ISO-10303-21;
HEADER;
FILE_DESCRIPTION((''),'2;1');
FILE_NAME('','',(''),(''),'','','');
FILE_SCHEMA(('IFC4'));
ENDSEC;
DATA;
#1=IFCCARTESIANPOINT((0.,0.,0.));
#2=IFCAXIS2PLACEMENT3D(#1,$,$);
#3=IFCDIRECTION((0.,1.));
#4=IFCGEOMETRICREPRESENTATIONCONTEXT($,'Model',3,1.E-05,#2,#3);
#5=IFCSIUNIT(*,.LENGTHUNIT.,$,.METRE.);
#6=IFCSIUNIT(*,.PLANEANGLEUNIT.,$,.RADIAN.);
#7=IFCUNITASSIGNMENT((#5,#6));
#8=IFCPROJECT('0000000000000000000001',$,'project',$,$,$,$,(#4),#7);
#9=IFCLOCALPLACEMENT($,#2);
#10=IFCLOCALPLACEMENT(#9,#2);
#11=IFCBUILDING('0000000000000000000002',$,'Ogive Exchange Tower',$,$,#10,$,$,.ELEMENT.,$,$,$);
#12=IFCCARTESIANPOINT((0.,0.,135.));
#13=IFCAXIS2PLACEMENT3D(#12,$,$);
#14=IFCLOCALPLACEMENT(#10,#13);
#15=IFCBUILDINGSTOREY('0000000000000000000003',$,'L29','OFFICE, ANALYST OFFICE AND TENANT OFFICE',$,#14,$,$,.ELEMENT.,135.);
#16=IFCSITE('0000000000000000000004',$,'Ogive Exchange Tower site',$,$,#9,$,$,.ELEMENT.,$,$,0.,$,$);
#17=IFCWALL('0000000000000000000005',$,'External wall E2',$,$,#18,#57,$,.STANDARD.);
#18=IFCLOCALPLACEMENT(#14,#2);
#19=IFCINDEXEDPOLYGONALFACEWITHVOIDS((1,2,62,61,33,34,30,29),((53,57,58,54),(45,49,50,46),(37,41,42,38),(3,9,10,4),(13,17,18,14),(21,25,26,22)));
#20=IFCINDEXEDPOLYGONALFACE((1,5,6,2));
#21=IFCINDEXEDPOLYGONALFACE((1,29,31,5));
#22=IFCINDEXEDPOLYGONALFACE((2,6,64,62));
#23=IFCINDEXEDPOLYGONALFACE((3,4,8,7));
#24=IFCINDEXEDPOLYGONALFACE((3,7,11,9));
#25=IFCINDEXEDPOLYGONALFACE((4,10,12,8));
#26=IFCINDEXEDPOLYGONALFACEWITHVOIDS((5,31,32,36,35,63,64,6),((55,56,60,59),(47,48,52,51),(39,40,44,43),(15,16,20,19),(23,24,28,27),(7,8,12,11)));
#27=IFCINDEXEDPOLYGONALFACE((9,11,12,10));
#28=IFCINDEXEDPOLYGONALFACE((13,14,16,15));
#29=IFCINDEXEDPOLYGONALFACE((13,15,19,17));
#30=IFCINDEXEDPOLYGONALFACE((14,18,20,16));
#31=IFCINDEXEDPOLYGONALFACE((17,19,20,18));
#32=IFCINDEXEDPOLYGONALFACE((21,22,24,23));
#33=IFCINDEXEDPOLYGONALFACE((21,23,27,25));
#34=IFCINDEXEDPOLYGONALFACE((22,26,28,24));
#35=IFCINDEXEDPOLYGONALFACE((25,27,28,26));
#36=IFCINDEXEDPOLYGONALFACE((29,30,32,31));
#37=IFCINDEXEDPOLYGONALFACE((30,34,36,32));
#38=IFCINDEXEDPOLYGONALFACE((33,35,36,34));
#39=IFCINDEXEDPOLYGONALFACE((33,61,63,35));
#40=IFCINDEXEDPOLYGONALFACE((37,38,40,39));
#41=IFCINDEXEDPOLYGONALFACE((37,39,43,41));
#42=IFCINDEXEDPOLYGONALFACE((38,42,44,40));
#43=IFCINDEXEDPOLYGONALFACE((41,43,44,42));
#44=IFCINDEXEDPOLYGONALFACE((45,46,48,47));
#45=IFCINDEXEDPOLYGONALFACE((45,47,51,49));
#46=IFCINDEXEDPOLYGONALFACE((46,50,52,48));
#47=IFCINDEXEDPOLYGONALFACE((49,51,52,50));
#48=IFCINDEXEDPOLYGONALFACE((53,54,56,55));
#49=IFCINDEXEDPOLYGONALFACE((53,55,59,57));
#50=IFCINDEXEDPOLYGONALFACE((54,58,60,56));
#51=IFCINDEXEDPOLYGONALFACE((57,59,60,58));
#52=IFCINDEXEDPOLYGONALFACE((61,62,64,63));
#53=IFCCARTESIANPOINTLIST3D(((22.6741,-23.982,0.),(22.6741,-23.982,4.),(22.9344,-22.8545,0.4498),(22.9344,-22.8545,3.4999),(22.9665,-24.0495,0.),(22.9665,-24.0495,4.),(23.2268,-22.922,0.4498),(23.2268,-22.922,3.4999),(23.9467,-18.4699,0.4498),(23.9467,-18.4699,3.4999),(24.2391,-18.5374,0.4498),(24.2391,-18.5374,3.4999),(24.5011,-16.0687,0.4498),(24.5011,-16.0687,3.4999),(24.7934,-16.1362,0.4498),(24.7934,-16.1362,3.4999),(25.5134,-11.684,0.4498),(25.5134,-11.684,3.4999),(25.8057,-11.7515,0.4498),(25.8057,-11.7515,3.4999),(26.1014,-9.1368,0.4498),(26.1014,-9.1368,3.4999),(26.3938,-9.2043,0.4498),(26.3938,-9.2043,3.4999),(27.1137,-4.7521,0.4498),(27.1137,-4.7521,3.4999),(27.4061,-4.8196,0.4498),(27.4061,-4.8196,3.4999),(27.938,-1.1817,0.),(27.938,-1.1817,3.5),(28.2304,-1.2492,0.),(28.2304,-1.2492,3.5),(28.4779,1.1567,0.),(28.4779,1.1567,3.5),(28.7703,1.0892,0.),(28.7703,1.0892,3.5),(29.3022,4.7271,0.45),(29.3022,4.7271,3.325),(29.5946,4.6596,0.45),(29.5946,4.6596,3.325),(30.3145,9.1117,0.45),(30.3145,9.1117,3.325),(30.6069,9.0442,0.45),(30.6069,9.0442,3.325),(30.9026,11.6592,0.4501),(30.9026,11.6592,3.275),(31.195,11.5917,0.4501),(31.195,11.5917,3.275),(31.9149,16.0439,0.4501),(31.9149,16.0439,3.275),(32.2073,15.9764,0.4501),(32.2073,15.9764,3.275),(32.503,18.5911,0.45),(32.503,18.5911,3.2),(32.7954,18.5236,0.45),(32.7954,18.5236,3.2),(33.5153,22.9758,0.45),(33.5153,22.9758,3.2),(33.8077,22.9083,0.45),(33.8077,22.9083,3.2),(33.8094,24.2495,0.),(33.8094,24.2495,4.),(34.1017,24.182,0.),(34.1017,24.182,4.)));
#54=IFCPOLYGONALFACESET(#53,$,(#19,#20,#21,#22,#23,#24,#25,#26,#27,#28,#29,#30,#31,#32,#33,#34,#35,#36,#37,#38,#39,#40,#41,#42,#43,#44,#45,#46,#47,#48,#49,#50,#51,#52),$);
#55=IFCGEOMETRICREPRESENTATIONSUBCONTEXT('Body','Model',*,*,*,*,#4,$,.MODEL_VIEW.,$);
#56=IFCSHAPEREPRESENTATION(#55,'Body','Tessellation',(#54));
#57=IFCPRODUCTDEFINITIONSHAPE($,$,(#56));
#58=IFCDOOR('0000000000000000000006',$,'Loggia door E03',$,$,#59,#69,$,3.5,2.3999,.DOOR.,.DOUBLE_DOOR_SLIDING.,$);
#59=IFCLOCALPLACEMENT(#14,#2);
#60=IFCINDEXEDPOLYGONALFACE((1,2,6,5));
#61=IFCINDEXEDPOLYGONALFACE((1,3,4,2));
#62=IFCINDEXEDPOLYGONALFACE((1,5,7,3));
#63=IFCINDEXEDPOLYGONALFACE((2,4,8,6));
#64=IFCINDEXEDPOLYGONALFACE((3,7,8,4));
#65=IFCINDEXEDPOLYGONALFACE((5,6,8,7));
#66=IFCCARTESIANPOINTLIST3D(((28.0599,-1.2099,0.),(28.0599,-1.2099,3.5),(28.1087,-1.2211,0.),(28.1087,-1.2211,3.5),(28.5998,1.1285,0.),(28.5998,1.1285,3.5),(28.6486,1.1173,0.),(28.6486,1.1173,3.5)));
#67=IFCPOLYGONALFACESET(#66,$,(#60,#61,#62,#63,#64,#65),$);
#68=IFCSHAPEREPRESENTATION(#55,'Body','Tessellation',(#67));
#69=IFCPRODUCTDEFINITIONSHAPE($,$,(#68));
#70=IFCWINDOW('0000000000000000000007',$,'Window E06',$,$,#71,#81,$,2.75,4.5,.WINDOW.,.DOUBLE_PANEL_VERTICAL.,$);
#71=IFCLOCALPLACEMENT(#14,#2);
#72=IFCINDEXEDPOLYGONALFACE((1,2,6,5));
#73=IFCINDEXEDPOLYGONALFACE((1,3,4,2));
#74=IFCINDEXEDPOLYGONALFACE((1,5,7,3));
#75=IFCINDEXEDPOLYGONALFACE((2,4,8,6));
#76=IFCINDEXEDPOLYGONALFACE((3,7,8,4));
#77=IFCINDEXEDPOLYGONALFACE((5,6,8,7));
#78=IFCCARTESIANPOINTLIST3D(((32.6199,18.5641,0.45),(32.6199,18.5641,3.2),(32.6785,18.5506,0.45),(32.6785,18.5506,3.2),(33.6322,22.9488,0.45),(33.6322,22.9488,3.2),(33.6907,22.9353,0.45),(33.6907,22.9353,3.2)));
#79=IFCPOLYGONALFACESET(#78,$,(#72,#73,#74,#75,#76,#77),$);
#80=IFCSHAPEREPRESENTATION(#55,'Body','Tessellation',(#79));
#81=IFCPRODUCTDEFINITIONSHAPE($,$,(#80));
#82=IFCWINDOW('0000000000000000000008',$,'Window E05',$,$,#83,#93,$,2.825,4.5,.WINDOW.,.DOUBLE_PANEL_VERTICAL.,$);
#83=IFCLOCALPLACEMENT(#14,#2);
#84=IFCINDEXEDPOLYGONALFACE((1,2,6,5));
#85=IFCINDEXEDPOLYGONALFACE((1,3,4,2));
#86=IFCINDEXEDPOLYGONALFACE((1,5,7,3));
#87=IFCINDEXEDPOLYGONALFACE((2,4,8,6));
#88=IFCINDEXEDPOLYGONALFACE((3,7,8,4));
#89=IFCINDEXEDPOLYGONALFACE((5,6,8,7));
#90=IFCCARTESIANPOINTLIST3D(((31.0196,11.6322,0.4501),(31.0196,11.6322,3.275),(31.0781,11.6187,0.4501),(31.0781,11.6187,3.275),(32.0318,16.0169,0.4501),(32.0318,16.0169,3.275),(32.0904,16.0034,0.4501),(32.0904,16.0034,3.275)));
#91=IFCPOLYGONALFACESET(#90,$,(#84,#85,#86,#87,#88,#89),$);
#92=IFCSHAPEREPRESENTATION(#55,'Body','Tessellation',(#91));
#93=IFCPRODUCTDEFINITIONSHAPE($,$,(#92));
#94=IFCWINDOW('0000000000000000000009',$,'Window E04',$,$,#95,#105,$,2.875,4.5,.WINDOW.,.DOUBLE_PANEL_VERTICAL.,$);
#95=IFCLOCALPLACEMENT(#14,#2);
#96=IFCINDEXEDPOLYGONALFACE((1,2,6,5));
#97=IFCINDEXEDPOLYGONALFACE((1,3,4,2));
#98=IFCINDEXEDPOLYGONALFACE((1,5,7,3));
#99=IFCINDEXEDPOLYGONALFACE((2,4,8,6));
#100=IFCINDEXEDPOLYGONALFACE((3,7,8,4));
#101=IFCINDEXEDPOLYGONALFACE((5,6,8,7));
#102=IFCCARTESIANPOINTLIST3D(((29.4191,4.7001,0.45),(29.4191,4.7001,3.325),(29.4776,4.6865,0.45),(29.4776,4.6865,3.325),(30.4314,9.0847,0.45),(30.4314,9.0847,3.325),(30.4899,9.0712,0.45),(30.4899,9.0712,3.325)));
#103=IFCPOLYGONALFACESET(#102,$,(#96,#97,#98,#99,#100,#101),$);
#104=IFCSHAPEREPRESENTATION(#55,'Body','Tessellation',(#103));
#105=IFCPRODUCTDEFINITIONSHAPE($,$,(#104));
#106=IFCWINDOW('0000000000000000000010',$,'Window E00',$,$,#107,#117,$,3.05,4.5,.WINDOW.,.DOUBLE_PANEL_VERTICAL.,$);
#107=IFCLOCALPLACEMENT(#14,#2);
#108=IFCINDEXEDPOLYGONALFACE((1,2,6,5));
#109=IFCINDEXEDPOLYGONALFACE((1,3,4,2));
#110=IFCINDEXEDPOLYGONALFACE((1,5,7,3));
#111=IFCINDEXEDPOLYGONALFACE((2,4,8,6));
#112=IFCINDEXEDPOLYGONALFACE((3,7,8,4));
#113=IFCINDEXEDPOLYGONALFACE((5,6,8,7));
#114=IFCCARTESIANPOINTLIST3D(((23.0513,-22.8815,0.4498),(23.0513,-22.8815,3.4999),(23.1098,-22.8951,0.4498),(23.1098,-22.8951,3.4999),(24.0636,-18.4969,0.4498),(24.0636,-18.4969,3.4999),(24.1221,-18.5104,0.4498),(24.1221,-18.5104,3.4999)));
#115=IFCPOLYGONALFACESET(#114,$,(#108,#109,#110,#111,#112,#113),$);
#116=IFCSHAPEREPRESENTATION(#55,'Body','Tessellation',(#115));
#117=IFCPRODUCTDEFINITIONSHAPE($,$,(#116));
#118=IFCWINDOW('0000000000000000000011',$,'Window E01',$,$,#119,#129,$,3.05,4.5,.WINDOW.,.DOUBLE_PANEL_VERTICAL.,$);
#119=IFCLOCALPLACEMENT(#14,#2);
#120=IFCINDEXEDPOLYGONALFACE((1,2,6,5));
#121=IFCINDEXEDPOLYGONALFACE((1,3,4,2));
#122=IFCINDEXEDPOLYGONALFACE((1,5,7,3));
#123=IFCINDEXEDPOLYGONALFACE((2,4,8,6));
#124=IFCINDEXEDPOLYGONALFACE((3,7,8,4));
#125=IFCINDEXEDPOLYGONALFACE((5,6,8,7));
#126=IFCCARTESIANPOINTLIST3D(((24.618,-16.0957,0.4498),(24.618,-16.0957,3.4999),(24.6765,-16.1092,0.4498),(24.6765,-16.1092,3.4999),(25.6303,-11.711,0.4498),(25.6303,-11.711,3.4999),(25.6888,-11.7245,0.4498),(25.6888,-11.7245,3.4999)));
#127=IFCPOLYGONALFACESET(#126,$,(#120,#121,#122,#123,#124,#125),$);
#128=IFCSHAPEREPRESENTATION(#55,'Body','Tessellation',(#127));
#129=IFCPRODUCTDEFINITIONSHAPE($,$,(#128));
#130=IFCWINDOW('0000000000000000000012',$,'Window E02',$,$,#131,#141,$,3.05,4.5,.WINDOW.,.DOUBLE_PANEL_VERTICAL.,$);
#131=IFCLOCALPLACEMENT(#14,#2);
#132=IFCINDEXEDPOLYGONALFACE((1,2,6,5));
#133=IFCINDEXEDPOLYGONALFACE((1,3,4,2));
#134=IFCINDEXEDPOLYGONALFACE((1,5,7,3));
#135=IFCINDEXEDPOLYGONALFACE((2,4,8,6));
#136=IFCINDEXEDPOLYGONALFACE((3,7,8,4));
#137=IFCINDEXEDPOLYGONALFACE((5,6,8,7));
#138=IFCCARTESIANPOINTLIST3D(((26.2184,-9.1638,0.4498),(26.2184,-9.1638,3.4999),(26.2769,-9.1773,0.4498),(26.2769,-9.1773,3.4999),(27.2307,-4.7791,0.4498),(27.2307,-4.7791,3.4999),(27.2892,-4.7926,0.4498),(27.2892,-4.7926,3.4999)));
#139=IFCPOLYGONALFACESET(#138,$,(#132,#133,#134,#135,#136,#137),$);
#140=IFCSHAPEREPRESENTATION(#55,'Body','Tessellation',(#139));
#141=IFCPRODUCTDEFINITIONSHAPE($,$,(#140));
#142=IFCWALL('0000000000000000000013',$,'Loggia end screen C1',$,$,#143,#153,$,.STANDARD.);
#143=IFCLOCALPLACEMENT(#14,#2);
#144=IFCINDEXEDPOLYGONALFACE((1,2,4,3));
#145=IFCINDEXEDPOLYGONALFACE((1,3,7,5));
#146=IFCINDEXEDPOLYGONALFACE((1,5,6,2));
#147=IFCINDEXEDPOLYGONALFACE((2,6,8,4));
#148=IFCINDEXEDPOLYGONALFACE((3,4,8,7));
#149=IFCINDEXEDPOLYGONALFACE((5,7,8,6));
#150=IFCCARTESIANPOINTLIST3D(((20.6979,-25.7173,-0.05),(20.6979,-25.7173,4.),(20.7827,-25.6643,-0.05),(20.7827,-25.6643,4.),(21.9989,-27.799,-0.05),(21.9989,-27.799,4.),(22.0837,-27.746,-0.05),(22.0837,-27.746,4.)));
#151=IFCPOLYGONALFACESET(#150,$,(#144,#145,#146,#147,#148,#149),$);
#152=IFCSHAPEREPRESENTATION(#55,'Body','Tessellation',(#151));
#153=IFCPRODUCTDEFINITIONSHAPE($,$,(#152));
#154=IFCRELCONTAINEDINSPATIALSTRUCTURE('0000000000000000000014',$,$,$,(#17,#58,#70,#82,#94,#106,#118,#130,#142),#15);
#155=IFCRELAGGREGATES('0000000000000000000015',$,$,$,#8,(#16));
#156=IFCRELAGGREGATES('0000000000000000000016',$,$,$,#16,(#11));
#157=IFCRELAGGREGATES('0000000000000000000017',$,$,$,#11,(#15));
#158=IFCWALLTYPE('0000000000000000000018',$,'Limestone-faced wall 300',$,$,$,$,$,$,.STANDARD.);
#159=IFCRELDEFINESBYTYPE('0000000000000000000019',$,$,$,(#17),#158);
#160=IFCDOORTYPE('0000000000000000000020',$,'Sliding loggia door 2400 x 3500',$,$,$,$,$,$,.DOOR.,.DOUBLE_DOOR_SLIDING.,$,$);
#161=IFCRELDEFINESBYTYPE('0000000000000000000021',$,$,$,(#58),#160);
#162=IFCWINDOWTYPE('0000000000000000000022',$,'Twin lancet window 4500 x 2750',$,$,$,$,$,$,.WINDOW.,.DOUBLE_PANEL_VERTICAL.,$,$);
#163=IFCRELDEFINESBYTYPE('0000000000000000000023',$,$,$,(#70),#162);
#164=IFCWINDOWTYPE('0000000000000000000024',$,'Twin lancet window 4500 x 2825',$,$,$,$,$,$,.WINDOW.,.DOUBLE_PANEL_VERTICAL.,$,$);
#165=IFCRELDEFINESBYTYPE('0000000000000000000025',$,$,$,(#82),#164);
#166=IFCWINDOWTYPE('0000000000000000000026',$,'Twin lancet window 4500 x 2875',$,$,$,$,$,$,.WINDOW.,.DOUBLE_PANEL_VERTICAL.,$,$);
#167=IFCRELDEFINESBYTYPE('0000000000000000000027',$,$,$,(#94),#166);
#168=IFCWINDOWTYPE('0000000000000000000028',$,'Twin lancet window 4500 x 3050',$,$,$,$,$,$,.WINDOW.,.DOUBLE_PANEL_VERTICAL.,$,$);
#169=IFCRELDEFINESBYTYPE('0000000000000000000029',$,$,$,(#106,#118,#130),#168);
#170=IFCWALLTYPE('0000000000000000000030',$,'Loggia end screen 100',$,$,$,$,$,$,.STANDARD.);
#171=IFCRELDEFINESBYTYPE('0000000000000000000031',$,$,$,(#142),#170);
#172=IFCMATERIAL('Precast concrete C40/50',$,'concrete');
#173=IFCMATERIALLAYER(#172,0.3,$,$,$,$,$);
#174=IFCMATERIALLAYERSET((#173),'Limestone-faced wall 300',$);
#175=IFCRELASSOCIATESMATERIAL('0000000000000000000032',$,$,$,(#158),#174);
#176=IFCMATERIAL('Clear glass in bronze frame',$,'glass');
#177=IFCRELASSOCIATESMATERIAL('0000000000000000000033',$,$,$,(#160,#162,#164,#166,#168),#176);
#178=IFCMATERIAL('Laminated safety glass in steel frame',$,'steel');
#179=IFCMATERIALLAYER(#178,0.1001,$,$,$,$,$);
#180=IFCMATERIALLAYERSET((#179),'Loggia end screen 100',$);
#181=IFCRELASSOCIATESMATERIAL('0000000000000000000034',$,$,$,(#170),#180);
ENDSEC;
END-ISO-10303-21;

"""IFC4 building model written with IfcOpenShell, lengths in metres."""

from ifc_helpers import new_model, si_unit, direction, frame, frame_2d, origin, place, context, subcontext, project, spatial, rectangle, extrude, material, layer, layer_set, type_object, element, fill, save


model = new_model("IFC4")

# Units and contexts
model_context = context("Model", 3, precision=1e-05, world=origin(), true_north=direction((0.0, 1.0)))
body_context = subcontext(model_context, "Body", "Model", "MODEL_VIEW")
ifc_project = project(units=[si_unit("LENGTHUNIT", "METRE"), si_unit("PLANEANGLEUNIT", "RADIAN")], contexts=[model_context])

# Site, building, storey
site_placement = place(None, origin())
site = spatial("IfcSite", under=ifc_project, at=site_placement, Name="Ogive Exchange Tower site", CompositionType="ELEMENT", RefElevation=0.0)
building_placement = place(site_placement, origin())
building = spatial("IfcBuilding", under=site, at=building_placement, Name="Ogive Exchange Tower", CompositionType="ELEMENT")
storey_placement = place(building_placement, frame((0.0, 0.0, 135.0)))
storey = spatial("IfcBuildingStorey", under=building, at=storey_placement, Name="L29", Description="OFFICE, ANALYST OFFICE AND TENANT OFFICE", CompositionType="ELEMENT", Elevation=135.0)

# Wall, openings, door, windows
ifc_material_1 = material(Name="Precast concrete C40/50", Category="concrete")
ifc_layer_1 = layer(ifc_material_1, 0.3)
ifc_layer_set_1 = layer_set([ifc_layer_1], Name="Limestone-faced wall 300")
wall_type_1 = type_object("IfcWallType", Name="Limestone-faced wall 300", PredefinedType="STANDARD", material=ifc_layer_set_1)
wall_1_placement = place(storey_placement, frame((22.8203, -24.0156, 0.0), z_axis=(0.0, 0.0, 1.0), x_axis=(0.224954, 0.974369, 0.0)))
wall_1 = element("IfcWall", 1, at=wall_1_placement, inside=storey, type_object=wall_type_1, Name="External wall E2", PredefinedType="STANDARD", context=body_context, shape_type="SweptSolid", body=[
    extrude(rectangle(XDim=49.5002, YDim=0.3, at=frame_2d((24.75, 0.0))), origin(), (0.0, 0.0, 1.0), 4.0),
])
opening_1_placement = place(wall_1_placement, frame((1.157, 0.0, 0.45)))
opening_1 = element("IfcOpeningElement", 2, at=opening_1_placement, cuts=wall_1, PredefinedType="OPENING", context=body_context, shape_type="SweptSolid", body=[
    extrude(rectangle(XDim=4.5, YDim=3.05, at=frame_2d((2.25, 1.5249))), frame((0.0, 0.1599, 0.0), z_axis=(0.0, -1.0, 0.0), x_axis=(1.0, 0.0, 0.0)), (0.0, 0.0, 1.0), 0.3201),
])
opening_2_placement = place(wall_1_placement, frame((8.1213, 0.0, 0.45)))
opening_2 = element("IfcOpeningElement", 3, at=opening_2_placement, cuts=wall_1, PredefinedType="OPENING", context=body_context, shape_type="SweptSolid", body=[
    extrude(rectangle(XDim=4.5, YDim=3.05, at=frame_2d((2.25, 1.5249))), frame((0.0, 0.1599, 0.0), z_axis=(0.0, -1.0, 0.0), x_axis=(1.0, 0.0, 0.0)), (0.0, 0.0, 1.0), 0.3201),
])
opening_3_placement = place(wall_1_placement, frame((15.2356, 0.0, 0.45)))
opening_3 = element("IfcOpeningElement", 4, at=opening_3_placement, cuts=wall_1, PredefinedType="OPENING", context=body_context, shape_type="SweptSolid", body=[
    extrude(rectangle(XDim=4.5, YDim=3.05, at=frame_2d((2.25, 1.5249))), frame((0.0, 0.1599, 0.0), z_axis=(0.0, -1.0, 0.0), x_axis=(1.0, 0.0, 0.0)), (0.0, 0.0, 1.0), 0.3201),
])
opening_4_placement = place(wall_1_placement, frame((23.3999, 0.0, 0.0)))
opening_4 = element("IfcOpeningElement", 5, at=opening_4_placement, cuts=wall_1, PredefinedType="OPENING", context=body_context, shape_type="SweptSolid", body=[
    extrude(rectangle(XDim=2.3999, YDim=3.5, at=frame_2d((1.2, 1.75))), frame((0.0, 0.1599, 0.0), z_axis=(0.0, -1.0, 0.0), x_axis=(1.0, 0.0, 0.0)), (0.0, 0.0, 1.0), 0.3201),
])
opening_5_placement = place(wall_1_placement, frame((29.4641, 0.0, 0.45)))
opening_5 = element("IfcOpeningElement", 6, at=opening_5_placement, cuts=wall_1, PredefinedType="OPENING", context=body_context, shape_type="SweptSolid", body=[
    extrude(rectangle(XDim=4.5, YDim=2.875, at=frame_2d((2.25, 1.4375))), frame((0.0, 0.1599, 0.0), z_axis=(0.0, -1.0, 0.0), x_axis=(1.0, 0.0, 0.0)), (0.0, 0.0, 1.0), 0.3201),
])
opening_6_placement = place(wall_1_placement, frame((36.5786, 0.0, 0.45)))
opening_6 = element("IfcOpeningElement", 7, at=opening_6_placement, cuts=wall_1, PredefinedType="OPENING", context=body_context, shape_type="SweptSolid", body=[
    extrude(rectangle(XDim=4.5, YDim=2.825, at=frame_2d((2.25, 1.4126))), frame((0.0, 0.1599, 0.0), z_axis=(0.0, -1.0, 0.0), x_axis=(1.0, 0.0, 0.0)), (0.0, 0.0, 1.0), 0.3201),
])
opening_7_placement = place(wall_1_placement, frame((43.6929, 0.0, 0.45)))
opening_7 = element("IfcOpeningElement", 8, at=opening_7_placement, cuts=wall_1, PredefinedType="OPENING", context=body_context, shape_type="SweptSolid", body=[
    extrude(rectangle(XDim=4.5, YDim=2.75, at=frame_2d((2.25, 1.375))), frame((0.0, 0.1599, 0.0), z_axis=(0.0, -1.0, 0.0), x_axis=(1.0, 0.0, 0.0)), (0.0, 0.0, 1.0), 0.3201),
])
ifc_material_2 = material(Name="Clear glass in bronze frame", Category="glass")
door_type_1 = type_object("IfcDoorType", Name="Sliding loggia door 2400 x 3500", OperationType="DOUBLE_DOOR_SLIDING", PredefinedType="DOOR", material=ifc_material_2)
door_1_placement = place(opening_4_placement, origin())
door_1 = element("IfcDoor", 9, at=door_1_placement, inside=storey, type_object=door_type_1, Name="Loggia door E03", OperationType="DOUBLE_DOOR_SLIDING", OverallHeight=3.5, OverallWidth=2.3999, PredefinedType="DOOR", context=body_context, shape_type="SweptSolid", body=[
    extrude(rectangle(XDim=2.3999, YDim=3.5, at=frame_2d((1.2, 1.75))), frame((0.0, 0.0249, 0.0), z_axis=(0.0, -1.0, 0.0), x_axis=(1.0, 0.0, 0.0)), (0.0, 0.0, 1.0), 0.05),
])
fill(opening_4, door_1)
window_type_1 = type_object("IfcWindowType", Name="Twin lancet window 4500 x 2750", PartitioningType="DOUBLE_PANEL_VERTICAL", PredefinedType="WINDOW", material=ifc_material_2)
window_1_placement = place(opening_7_placement, origin())
window_1 = element("IfcWindow", 10, at=window_1_placement, inside=storey, type_object=window_type_1, Name="Window E06", OverallHeight=2.75, OverallWidth=4.5, PartitioningType="DOUBLE_PANEL_VERTICAL", PredefinedType="WINDOW", context=body_context, shape_type="SweptSolid", body=[
    extrude(rectangle(XDim=4.5, YDim=2.75, at=frame_2d((2.25, 1.375))), frame((0.0, 0.03, 0.0), z_axis=(0.0, -1.0, 0.0), x_axis=(1.0, 0.0, 0.0)), (0.0, 0.0, 1.0), 0.0601),
])
fill(opening_7, window_1)
window_type_2 = type_object("IfcWindowType", Name="Twin lancet window 4500 x 2825", PartitioningType="DOUBLE_PANEL_VERTICAL", PredefinedType="WINDOW", material=ifc_material_2)
window_2_placement = place(opening_6_placement, origin())
window_2 = element("IfcWindow", 11, at=window_2_placement, inside=storey, type_object=window_type_2, Name="Window E05", OverallHeight=2.825, OverallWidth=4.5, PartitioningType="DOUBLE_PANEL_VERTICAL", PredefinedType="WINDOW", context=body_context, shape_type="SweptSolid", body=[
    extrude(rectangle(XDim=4.5, YDim=2.825, at=frame_2d((2.25, 1.4126))), frame((0.0, 0.03, 0.0), z_axis=(0.0, -1.0, 0.0), x_axis=(1.0, 0.0, 0.0)), (0.0, 0.0, 1.0), 0.0601),
])
fill(opening_6, window_2)
window_type_3 = type_object("IfcWindowType", Name="Twin lancet window 4500 x 2875", PartitioningType="DOUBLE_PANEL_VERTICAL", PredefinedType="WINDOW", material=ifc_material_2)
window_3_placement = place(opening_5_placement, origin())
window_3 = element("IfcWindow", 12, at=window_3_placement, inside=storey, type_object=window_type_3, Name="Window E04", OverallHeight=2.875, OverallWidth=4.5, PartitioningType="DOUBLE_PANEL_VERTICAL", PredefinedType="WINDOW", context=body_context, shape_type="SweptSolid", body=[
    extrude(rectangle(XDim=4.5, YDim=2.875, at=frame_2d((2.25, 1.4375))), frame((0.0, 0.03, 0.0), z_axis=(0.0, -1.0, 0.0), x_axis=(1.0, 0.0, 0.0)), (0.0, 0.0, 1.0), 0.0601),
])
fill(opening_5, window_3)
window_type_4 = type_object("IfcWindowType", Name="Twin lancet window 4500 x 3050", PartitioningType="DOUBLE_PANEL_VERTICAL", PredefinedType="WINDOW", material=ifc_material_2)
window_4_placement = place(opening_1_placement, origin())
window_4 = element("IfcWindow", 13, at=window_4_placement, inside=storey, type_object=window_type_4, Name="Window E00", OverallHeight=3.05, OverallWidth=4.5, PartitioningType="DOUBLE_PANEL_VERTICAL", PredefinedType="WINDOW", context=body_context, shape_type="SweptSolid", body=[
    extrude(rectangle(XDim=4.5, YDim=3.05, at=frame_2d((2.25, 1.5249))), frame((0.0, 0.03, 0.0), z_axis=(0.0, -1.0, 0.0), x_axis=(1.0, 0.0, 0.0)), (0.0, 0.0, 1.0), 0.0601),
])
fill(opening_1, window_4)
window_5_placement = place(opening_2_placement, origin())
window_5 = element("IfcWindow", 14, at=window_5_placement, inside=storey, type_object=window_type_4, Name="Window E01", OverallHeight=3.05, OverallWidth=4.5, PartitioningType="DOUBLE_PANEL_VERTICAL", PredefinedType="WINDOW", context=body_context, shape_type="SweptSolid", body=[
    extrude(rectangle(XDim=4.5, YDim=3.05, at=frame_2d((2.25, 1.5249))), frame((0.0, 0.03, 0.0), z_axis=(0.0, -1.0, 0.0), x_axis=(1.0, 0.0, 0.0)), (0.0, 0.0, 1.0), 0.0601),
])
fill(opening_2, window_5)
window_6_placement = place(opening_3_placement, origin())
window_6 = element("IfcWindow", 15, at=window_6_placement, inside=storey, type_object=window_type_4, Name="Window E02", OverallHeight=3.05, OverallWidth=4.5, PartitioningType="DOUBLE_PANEL_VERTICAL", PredefinedType="WINDOW", context=body_context, shape_type="SweptSolid", body=[
    extrude(rectangle(XDim=4.5, YDim=3.05, at=frame_2d((2.25, 1.5249))), frame((0.0, 0.03, 0.0), z_axis=(0.0, -1.0, 0.0), x_axis=(1.0, 0.0, 0.0)), (0.0, 0.0, 1.0), 0.0601),
])
fill(opening_3, window_6)

# Wall
ifc_material_3 = material(Name="Laminated safety glass in steel frame", Category="steel")
ifc_layer_2 = layer(ifc_material_3, 0.1001)
ifc_layer_set_2 = layer_set([ifc_layer_2], Name="Loggia end screen 100")
wall_type_2 = type_object("IfcWallType", Name="Loggia end screen 100", PredefinedType="STANDARD", material=ifc_layer_set_2)
wall_2_placement = place(storey_placement, frame((20.7402, -25.6907, -0.05), z_axis=(0.0, 0.0, 1.0), x_axis=(0.529972, -0.848015, 0.0)))
element("IfcWall", 16, at=wall_2_placement, inside=storey, type_object=wall_type_2, Name="Loggia end screen C1", PredefinedType="STANDARD", context=body_context, shape_type="SweptSolid", body=[
    extrude(rectangle(XDim=2.4548, YDim=0.1001, at=frame_2d((1.2275, 0.0))), origin(), (0.0, 0.0, 1.0), 4.05),
])

save(model, "model.ifc")
